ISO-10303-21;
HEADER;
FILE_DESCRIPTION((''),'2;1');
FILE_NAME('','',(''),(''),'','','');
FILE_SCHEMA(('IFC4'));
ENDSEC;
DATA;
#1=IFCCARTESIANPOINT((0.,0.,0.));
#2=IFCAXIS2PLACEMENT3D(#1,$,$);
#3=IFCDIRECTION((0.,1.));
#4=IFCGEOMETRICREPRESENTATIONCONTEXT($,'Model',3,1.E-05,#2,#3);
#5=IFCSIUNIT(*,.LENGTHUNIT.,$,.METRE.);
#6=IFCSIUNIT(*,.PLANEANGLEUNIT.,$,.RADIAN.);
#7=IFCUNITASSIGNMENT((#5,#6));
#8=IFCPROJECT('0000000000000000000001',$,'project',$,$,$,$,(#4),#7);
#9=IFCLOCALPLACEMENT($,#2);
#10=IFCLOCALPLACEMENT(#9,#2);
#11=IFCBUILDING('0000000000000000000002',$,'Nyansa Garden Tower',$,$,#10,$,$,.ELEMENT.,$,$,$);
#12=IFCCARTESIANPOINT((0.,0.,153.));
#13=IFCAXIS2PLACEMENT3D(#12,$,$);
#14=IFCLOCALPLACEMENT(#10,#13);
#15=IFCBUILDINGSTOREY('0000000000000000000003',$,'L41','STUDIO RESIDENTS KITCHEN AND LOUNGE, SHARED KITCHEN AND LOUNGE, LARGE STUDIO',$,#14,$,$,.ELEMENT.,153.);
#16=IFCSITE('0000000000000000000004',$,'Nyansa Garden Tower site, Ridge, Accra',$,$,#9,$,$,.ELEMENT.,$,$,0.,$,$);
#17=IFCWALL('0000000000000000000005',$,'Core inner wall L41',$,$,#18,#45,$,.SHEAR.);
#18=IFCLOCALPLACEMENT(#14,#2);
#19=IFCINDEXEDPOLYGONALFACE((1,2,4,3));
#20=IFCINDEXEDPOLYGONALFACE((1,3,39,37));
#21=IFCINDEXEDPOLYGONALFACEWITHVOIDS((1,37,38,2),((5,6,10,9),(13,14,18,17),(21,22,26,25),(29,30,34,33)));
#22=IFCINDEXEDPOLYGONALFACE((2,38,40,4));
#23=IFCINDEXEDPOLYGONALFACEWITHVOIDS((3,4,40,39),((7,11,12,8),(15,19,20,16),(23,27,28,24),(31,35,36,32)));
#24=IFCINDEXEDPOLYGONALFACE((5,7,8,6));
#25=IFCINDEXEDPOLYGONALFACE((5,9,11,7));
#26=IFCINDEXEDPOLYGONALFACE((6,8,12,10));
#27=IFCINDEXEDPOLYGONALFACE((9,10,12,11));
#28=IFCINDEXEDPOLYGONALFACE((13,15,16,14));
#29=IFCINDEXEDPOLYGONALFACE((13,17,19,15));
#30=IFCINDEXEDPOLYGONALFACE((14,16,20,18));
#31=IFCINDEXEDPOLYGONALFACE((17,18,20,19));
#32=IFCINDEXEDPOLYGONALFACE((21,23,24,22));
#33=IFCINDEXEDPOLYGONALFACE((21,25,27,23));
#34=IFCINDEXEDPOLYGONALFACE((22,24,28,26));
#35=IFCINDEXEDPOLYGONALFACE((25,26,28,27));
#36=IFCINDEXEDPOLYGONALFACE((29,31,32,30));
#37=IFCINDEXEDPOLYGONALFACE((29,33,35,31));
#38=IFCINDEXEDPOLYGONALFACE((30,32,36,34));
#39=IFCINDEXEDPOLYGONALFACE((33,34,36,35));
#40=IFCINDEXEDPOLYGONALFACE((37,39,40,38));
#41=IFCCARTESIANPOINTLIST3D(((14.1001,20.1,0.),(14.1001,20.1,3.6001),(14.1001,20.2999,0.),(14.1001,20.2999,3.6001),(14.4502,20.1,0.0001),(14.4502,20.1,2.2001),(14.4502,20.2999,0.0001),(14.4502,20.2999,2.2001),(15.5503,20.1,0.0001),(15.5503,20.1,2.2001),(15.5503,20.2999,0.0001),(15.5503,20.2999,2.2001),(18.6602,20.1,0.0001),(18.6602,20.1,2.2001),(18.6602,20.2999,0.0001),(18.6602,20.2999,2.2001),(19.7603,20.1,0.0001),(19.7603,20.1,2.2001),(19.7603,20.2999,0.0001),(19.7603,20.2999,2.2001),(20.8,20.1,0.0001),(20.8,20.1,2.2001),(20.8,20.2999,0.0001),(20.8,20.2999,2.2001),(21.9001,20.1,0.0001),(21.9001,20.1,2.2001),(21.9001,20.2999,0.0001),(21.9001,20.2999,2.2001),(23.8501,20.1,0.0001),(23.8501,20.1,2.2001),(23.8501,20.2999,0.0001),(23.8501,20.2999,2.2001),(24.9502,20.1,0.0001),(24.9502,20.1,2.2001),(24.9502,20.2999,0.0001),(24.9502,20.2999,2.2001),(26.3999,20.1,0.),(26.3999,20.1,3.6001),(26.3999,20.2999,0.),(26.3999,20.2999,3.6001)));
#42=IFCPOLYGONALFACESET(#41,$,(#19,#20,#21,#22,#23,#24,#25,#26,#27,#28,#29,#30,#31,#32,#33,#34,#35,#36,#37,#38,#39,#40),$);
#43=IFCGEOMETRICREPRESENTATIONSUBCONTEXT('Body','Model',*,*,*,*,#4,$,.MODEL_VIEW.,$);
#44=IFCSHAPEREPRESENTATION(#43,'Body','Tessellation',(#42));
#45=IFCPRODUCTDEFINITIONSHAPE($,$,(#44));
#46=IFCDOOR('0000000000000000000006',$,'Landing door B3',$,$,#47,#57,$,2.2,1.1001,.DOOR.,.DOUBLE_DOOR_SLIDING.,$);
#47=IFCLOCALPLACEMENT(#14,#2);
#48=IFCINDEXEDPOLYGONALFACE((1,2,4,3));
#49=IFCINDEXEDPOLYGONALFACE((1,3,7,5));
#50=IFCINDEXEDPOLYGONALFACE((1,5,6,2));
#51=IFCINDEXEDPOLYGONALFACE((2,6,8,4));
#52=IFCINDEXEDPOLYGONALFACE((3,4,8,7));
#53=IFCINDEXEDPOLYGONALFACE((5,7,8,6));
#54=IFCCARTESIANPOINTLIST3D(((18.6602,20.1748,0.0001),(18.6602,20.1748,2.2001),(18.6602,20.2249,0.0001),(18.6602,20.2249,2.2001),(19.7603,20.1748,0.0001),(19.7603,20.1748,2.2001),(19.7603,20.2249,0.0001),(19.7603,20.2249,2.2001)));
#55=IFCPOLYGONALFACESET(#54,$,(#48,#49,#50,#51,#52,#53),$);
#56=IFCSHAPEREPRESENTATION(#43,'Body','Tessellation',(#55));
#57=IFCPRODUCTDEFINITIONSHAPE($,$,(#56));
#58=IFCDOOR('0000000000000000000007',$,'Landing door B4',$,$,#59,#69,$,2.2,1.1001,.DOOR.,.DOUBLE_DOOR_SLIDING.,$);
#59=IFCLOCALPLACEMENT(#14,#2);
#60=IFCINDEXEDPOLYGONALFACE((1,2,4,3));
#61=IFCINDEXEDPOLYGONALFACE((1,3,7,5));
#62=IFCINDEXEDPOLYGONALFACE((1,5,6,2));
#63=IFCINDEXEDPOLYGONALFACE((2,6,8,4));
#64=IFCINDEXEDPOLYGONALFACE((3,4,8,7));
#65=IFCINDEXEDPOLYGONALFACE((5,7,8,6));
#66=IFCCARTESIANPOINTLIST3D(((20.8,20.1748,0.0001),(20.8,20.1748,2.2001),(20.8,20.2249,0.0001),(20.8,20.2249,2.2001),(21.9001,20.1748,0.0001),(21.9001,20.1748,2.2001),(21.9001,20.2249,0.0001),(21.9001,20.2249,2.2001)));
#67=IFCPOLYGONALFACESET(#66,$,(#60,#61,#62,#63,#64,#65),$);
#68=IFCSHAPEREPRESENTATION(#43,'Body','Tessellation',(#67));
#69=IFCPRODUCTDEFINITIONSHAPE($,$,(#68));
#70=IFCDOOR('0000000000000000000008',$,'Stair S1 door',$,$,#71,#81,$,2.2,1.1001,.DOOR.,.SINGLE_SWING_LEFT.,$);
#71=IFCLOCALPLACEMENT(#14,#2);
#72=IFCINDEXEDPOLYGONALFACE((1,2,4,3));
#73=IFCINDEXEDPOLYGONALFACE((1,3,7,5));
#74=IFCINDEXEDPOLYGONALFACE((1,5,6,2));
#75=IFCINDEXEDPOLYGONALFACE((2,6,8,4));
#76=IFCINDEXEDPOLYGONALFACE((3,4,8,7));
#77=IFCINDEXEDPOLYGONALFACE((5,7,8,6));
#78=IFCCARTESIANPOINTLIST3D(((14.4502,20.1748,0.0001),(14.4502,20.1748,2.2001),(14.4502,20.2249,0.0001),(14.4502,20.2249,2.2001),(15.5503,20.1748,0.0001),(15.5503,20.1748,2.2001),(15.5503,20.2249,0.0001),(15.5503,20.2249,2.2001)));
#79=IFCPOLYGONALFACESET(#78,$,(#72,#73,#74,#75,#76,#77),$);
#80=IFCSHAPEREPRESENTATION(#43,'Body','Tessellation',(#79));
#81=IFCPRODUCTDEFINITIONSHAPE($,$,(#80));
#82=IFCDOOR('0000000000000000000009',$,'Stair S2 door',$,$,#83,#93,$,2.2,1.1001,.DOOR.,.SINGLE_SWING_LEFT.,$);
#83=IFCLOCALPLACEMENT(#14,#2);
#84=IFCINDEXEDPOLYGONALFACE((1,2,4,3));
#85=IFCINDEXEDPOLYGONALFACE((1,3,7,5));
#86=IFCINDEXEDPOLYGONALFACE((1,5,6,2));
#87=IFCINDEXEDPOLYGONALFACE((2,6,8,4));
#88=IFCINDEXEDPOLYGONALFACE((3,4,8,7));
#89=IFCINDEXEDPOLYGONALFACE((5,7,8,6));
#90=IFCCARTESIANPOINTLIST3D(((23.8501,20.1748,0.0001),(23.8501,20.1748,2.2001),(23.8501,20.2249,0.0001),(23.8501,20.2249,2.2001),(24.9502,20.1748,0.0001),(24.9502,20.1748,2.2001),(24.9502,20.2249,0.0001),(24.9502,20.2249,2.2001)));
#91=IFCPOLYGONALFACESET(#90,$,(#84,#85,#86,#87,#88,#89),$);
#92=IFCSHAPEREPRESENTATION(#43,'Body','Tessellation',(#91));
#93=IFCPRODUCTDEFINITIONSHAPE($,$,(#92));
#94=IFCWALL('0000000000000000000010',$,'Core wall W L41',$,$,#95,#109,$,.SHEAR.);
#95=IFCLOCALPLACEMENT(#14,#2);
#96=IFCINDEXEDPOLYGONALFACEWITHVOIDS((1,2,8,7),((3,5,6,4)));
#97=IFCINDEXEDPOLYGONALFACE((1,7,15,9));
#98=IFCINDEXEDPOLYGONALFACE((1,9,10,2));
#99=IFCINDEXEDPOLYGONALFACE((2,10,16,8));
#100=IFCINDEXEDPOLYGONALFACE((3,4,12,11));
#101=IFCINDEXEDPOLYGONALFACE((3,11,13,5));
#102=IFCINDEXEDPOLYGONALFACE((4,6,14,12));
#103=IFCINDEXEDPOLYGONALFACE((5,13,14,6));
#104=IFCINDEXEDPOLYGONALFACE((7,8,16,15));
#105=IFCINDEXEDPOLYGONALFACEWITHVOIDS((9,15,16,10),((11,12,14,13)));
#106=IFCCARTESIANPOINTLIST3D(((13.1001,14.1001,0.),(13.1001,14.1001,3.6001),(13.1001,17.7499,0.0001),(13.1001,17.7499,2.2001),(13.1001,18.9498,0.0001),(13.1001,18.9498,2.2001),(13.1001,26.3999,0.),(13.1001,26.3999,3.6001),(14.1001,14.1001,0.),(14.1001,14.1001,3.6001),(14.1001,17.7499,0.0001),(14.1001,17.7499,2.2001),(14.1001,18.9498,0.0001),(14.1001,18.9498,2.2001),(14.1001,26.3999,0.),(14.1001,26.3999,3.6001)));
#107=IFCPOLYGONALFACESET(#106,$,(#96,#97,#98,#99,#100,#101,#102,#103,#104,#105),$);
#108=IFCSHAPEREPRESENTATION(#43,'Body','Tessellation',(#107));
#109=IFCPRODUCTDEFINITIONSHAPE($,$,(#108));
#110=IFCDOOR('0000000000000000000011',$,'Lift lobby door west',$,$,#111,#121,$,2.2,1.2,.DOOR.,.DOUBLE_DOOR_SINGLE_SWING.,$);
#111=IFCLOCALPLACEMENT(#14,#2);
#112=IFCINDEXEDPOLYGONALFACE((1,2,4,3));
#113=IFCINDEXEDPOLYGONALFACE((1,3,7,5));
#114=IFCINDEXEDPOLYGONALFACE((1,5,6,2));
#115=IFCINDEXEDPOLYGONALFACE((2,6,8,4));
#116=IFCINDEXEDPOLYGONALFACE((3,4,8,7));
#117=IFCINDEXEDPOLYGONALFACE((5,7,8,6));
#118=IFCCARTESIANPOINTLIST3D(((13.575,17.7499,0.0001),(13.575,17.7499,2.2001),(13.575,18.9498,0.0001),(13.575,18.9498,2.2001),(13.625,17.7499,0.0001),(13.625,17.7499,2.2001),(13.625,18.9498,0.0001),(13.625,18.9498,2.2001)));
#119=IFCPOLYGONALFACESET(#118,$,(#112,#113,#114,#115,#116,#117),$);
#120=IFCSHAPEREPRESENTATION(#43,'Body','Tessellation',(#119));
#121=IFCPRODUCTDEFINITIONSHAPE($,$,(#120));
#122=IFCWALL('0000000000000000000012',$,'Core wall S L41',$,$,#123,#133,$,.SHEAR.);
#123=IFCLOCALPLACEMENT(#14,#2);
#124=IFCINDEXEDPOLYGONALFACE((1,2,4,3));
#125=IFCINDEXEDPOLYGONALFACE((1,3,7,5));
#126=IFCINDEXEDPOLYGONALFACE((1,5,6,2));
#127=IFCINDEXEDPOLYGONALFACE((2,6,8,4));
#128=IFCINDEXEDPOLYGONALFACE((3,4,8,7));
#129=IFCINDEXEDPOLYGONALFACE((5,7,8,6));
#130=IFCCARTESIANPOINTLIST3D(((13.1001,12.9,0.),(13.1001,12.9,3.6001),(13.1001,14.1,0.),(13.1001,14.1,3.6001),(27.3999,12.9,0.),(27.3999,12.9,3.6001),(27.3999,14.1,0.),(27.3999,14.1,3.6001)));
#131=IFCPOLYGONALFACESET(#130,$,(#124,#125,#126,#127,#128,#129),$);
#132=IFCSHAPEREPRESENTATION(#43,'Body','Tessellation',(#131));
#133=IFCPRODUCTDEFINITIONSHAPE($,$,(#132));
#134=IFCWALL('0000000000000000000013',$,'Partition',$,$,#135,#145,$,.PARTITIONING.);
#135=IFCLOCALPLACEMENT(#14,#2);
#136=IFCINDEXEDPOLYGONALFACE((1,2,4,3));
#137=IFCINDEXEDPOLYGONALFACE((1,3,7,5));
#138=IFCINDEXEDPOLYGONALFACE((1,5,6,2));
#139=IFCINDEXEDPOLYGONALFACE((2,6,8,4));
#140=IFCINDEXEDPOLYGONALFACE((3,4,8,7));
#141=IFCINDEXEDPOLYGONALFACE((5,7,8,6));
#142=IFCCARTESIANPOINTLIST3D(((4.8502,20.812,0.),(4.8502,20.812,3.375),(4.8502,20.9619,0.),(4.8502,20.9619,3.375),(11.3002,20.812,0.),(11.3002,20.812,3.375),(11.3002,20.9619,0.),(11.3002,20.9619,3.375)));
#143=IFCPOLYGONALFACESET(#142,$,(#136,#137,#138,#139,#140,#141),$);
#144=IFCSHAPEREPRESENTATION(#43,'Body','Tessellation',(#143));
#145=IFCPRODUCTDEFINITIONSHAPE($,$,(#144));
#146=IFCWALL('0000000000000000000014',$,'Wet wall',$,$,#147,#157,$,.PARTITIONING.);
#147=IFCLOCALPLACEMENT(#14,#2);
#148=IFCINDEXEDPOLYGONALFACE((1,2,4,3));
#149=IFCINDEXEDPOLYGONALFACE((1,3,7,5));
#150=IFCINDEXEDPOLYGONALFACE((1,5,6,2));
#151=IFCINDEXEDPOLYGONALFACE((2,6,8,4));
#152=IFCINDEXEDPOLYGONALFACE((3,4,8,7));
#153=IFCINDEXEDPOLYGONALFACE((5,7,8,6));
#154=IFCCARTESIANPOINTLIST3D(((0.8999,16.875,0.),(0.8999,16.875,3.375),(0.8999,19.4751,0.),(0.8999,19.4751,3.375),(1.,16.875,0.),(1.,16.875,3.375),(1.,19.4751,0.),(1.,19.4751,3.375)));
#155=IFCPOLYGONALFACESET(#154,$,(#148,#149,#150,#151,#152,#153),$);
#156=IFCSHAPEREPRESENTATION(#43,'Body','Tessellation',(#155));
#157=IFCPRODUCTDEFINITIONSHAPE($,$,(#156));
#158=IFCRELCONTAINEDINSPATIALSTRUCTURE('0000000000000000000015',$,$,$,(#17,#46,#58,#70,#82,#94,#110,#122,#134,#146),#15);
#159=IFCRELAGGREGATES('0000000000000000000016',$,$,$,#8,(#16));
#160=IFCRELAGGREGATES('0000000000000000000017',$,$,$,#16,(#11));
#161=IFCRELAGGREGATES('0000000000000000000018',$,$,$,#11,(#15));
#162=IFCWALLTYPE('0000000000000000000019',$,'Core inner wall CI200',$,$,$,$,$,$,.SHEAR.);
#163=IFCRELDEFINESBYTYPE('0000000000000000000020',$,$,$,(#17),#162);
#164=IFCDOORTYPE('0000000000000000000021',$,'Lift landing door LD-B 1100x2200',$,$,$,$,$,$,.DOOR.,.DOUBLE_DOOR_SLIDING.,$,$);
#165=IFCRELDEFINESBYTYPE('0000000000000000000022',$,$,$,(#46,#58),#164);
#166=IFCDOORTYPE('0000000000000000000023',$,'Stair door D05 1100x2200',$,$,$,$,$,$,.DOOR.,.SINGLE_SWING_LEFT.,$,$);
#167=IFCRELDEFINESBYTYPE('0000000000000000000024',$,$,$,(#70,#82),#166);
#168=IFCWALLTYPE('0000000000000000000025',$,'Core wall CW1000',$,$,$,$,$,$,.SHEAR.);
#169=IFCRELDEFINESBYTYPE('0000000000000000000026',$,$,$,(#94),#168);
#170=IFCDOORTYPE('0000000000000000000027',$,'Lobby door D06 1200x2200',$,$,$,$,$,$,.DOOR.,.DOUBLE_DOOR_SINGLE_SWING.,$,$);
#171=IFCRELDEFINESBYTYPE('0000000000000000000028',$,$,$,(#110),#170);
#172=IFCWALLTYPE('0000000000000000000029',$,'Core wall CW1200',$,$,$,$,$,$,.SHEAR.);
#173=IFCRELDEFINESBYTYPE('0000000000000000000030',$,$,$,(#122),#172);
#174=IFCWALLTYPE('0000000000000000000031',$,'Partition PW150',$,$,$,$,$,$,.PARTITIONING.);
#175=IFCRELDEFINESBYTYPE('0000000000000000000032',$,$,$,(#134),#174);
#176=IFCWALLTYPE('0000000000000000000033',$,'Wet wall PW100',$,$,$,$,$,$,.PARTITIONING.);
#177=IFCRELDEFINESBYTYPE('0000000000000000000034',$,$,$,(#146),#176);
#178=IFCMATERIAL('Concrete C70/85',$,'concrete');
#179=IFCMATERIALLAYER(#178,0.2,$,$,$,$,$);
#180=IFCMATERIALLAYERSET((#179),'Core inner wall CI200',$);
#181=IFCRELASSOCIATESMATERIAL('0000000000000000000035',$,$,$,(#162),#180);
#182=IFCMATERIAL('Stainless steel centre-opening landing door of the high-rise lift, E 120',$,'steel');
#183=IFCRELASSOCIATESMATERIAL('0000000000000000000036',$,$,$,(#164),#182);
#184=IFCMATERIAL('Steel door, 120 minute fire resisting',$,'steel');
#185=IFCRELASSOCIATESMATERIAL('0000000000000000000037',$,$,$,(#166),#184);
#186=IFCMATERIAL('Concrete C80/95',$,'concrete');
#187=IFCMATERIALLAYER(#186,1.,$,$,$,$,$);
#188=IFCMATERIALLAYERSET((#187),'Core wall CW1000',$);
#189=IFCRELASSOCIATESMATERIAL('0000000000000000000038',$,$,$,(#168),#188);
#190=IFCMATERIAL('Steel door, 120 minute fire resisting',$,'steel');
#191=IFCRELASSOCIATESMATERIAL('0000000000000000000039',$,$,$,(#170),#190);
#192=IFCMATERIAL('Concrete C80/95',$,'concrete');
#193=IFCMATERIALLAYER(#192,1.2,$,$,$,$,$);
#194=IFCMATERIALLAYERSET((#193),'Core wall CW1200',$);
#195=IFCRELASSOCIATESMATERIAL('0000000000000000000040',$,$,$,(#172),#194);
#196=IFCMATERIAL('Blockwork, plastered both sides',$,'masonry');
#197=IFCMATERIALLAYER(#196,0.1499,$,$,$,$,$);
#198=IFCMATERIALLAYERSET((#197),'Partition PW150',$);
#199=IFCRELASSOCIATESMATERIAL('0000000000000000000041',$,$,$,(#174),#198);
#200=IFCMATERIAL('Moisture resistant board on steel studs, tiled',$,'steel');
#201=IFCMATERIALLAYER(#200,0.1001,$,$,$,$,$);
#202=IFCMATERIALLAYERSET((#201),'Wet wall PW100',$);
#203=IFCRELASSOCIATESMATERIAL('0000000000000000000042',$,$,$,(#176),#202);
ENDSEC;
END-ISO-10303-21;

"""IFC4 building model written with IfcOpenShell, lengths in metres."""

from ifc_helpers import new_model, si_unit, direction, frame, frame_2d, origin, place, context, subcontext, project, spatial, rectangle, extrude, material, layer, layer_set, type_object, element, fill, save


model = new_model("IFC4")

# Units and contexts
model_context = context("Model", 3, precision=1e-05, world=origin(), true_north=direction((0.0, 1.0)))
body_context = subcontext(model_context, "Body", "Model", "MODEL_VIEW")
ifc_project = project(units=[si_unit("LENGTHUNIT", "METRE"), si_unit("PLANEANGLEUNIT", "RADIAN")], contexts=[model_context])

# Site, building, storey
site_placement = place(None, origin())
site = spatial("IfcSite", under=ifc_project, at=site_placement, Name="Nyansa Garden Tower site, Ridge, Accra", CompositionType="ELEMENT", RefElevation=0.0)
building_placement = place(site_placement, origin())
building = spatial("IfcBuilding", under=site, at=building_placement, Name="Nyansa Garden Tower", CompositionType="ELEMENT")
storey_placement = place(building_placement, frame((0.0, 0.0, 153.0)))
storey = spatial("IfcBuildingStorey", under=building, at=storey_placement, Name="L41", Description="STUDIO RESIDENTS KITCHEN AND LOUNGE, SHARED KITCHEN AND LOUNGE, LARGE STUDIO", CompositionType="ELEMENT", Elevation=153.0)

# Wall, openings, doors
ifc_material_1 = material(Name="Concrete C70/85", Category="concrete")
ifc_layer_1 = layer(ifc_material_1, 0.2)
ifc_layer_set_1 = layer_set([ifc_layer_1], Name="Core inner wall CI200")
wall_type_1 = type_object("IfcWallType", Name="Core inner wall CI200", PredefinedType="SHEAR", material=ifc_layer_set_1)
ifc_material_2 = material(Name="Stainless steel centre-opening landing door of the high-rise lift, E 120", Category="steel")
door_type_1 = type_object("IfcDoorType", Name="Lift landing door LD-B 1100x2200", OperationType="DOUBLE_DOOR_SLIDING", PredefinedType="DOOR", material=ifc_material_2)
wall_1_placement = place(storey_placement, frame((14.1001, 20.2, 0.0), z_axis=(0.0, 0.0, 1.0), x_axis=(1.0, 0.0, 0.0)))
wall_1 = element("IfcWall", 1, at=wall_1_placement, inside=storey, type_object=wall_type_1, Name="Core inner wall L41", PredefinedType="SHEAR", context=body_context, shape_type="SweptSolid", body=[
    extrude(rectangle(XDim=12.2998, YDim=0.2, at=frame_2d((6.1499, 0.0))), origin(), (0.0, 0.0, 1.0), 3.6001),
])
opening_1_placement = place(wall_1_placement, frame((4.5601, 0.0, 0.0)))
opening_1 = element("IfcOpeningElement", 2, at=opening_1_placement, cuts=wall_1, PredefinedType="OPENING", context=body_context, shape_type="SweptSolid", body=[
    extrude(rectangle(XDim=1.1001, YDim=2.2, at=frame_2d((0.55, 1.1001))), frame((0.0, 0.1099, 0.0), z_axis=(0.0, -1.0, 0.0), x_axis=(1.0, 0.0, 0.0)), (0.0, 0.0, 1.0), 0.22),
])
opening_2_placement = place(wall_1_placement, frame((6.7, 0.0, 0.0)))
opening_2 = element("IfcOpeningElement", 3, at=opening_2_placement, cuts=wall_1, PredefinedType="OPENING", context=body_context, shape_type="SweptSolid", body=[
    extrude(rectangle(XDim=1.1001, YDim=2.2, at=frame_2d((0.55, 1.1001))), frame((0.0, 0.1099, 0.0), z_axis=(0.0, -1.0, 0.0), x_axis=(1.0, 0.0, 0.0)), (0.0, 0.0, 1.0), 0.22),
])
opening_3_placement = place(wall_1_placement, frame((0.3501, 0.0, 0.0)))
opening_3 = element("IfcOpeningElement", 4, at=opening_3_placement, cuts=wall_1, PredefinedType="OPENING", context=body_context, shape_type="SweptSolid", body=[
    extrude(rectangle(XDim=1.1001, YDim=2.2, at=frame_2d((0.55, 1.1001))), frame((0.0, 0.1099, 0.0), z_axis=(0.0, -1.0, 0.0), x_axis=(1.0, 0.0, 0.0)), (0.0, 0.0, 1.0), 0.22),
])
opening_4_placement = place(wall_1_placement, frame((9.75, 0.0, 0.0)))
opening_4 = element("IfcOpeningElement", 5, at=opening_4_placement, cuts=wall_1, PredefinedType="OPENING", context=body_context, shape_type="SweptSolid", body=[
    extrude(rectangle(XDim=1.1001, YDim=2.2, at=frame_2d((0.55, 1.1001))), frame((0.0, 0.1099, 0.0), z_axis=(0.0, -1.0, 0.0), x_axis=(1.0, 0.0, 0.0)), (0.0, 0.0, 1.0), 0.22),
])
door_1_placement = place(opening_1_placement, origin())
door_1 = element("IfcDoor", 6, at=door_1_placement, inside=storey, type_object=door_type_1, Name="Landing door B3", OperationType="DOUBLE_DOOR_SLIDING", OverallHeight=2.2, OverallWidth=1.1001, PredefinedType="DOOR", context=body_context, shape_type="SweptSolid", body=[
    extrude(rectangle(XDim=1.1001, YDim=2.2, at=frame_2d((0.55, 1.1001))), frame((0.0, 0.0249, 0.0), z_axis=(0.0, -1.0, 0.0), x_axis=(1.0, 0.0, 0.0)), (0.0, 0.0, 1.0), 0.05),
])
fill(opening_1, door_1)
door_2_placement = place(opening_2_placement, origin())
door_2 = element("IfcDoor", 7, at=door_2_placement, inside=storey, type_object=door_type_1, Name="Landing door B4", OperationType="DOUBLE_DOOR_SLIDING", OverallHeight=2.2, OverallWidth=1.1001, PredefinedType="DOOR", context=body_context, shape_type="SweptSolid", body=[
    extrude(rectangle(XDim=1.1001, YDim=2.2, at=frame_2d((0.55, 1.1001))), frame((0.0, 0.0249, 0.0), z_axis=(0.0, -1.0, 0.0), x_axis=(1.0, 0.0, 0.0)), (0.0, 0.0, 1.0), 0.05),
])
fill(opening_2, door_2)
ifc_material_3 = material(Name="Steel door, 120 minute fire resisting", Category="steel")
door_type_2 = type_object("IfcDoorType", Name="Stair door D05 1100x2200", OperationType="SINGLE_SWING_LEFT", PredefinedType="DOOR", material=ifc_material_3)
door_3_placement = place(opening_3_placement, origin())
door_3 = element("IfcDoor", 8, at=door_3_placement, inside=storey, type_object=door_type_2, Name="Stair S1 door", OperationType="SINGLE_SWING_LEFT", OverallHeight=2.2, OverallWidth=1.1001, PredefinedType="DOOR", context=body_context, shape_type="SweptSolid", body=[
    extrude(rectangle(XDim=1.1001, YDim=2.2, at=frame_2d((0.55, 1.1001))), frame((0.0, 0.0249, 0.0), z_axis=(0.0, -1.0, 0.0), x_axis=(1.0, 0.0, 0.0)), (0.0, 0.0, 1.0), 0.05),
])
fill(opening_3, door_3)
door_4_placement = place(opening_4_placement, origin())
door_4 = element("IfcDoor", 9, at=door_4_placement, inside=storey, type_object=door_type_2, Name="Stair S2 door", OperationType="SINGLE_SWING_LEFT", OverallHeight=2.2, OverallWidth=1.1001, PredefinedType="DOOR", context=body_context, shape_type="SweptSolid", body=[
    extrude(rectangle(XDim=1.1001, YDim=2.2, at=frame_2d((0.55, 1.1001))), frame((0.0, 0.0249, 0.0), z_axis=(0.0, -1.0, 0.0), x_axis=(1.0, 0.0, 0.0)), (0.0, 0.0, 1.0), 0.05),
])
fill(opening_4, door_4)

# Wall, opening, door
ifc_material_4 = material(Name="Concrete C80/95", Category="concrete")
ifc_layer_2 = layer(ifc_material_4, 1.0)
ifc_layer_set_2 = layer_set([ifc_layer_2], Name="Core wall CW1000")
wall_type_2 = type_object("IfcWallType", Name="Core wall CW1000", PredefinedType="SHEAR", material=ifc_layer_set_2)
wall_2_placement = place(storey_placement, frame((13.6001, 26.3999, 0.0), z_axis=(0.0, 0.0, 1.0), x_axis=(0.0, -1.0, 0.0)))
wall_2 = element("IfcWall", 10, at=wall_2_placement, inside=storey, type_object=wall_type_2, Name="Core wall W L41", PredefinedType="SHEAR", context=body_context, shape_type="SweptSolid", body=[
    extrude(rectangle(XDim=12.2998, YDim=1.0, at=frame_2d((6.1499, 0.0))), origin(), (0.0, 0.0, 1.0), 3.6001),
])
opening_5_placement = place(wall_2_placement, frame((7.45, 0.0, 0.0)))
opening_5 = element("IfcOpeningElement", 11, at=opening_5_placement, cuts=wall_2, PredefinedType="OPENING", context=body_context, shape_type="SweptSolid", body=[
    extrude(rectangle(XDim=1.2, YDim=2.2, at=frame_2d((0.6001, 1.1001))), frame((0.0, 0.51, 0.0), z_axis=(0.0, -1.0, 0.0), x_axis=(1.0, 0.0, 0.0)), (0.0, 0.0, 1.0), 1.02),
])
ifc_material_5 = material(Name="Steel door, 120 minute fire resisting", Category="steel")
door_type_3 = type_object("IfcDoorType", Name="Lobby door D06 1200x2200", OperationType="DOUBLE_DOOR_SINGLE_SWING", PredefinedType="DOOR", material=ifc_material_5)
door_5_placement = place(opening_5_placement, origin())
door_5 = element("IfcDoor", 12, at=door_5_placement, inside=storey, type_object=door_type_3, Name="Lift lobby door west", OperationType="DOUBLE_DOOR_SINGLE_SWING", OverallHeight=2.2, OverallWidth=1.2, PredefinedType="DOOR", context=body_context, shape_type="SweptSolid", body=[
    extrude(rectangle(XDim=1.2, YDim=2.2, at=frame_2d((0.6001, 1.1001))), frame((0.0, 0.0249, 0.0), z_axis=(0.0, -1.0, 0.0), x_axis=(1.0, 0.0, 0.0)), (0.0, 0.0, 1.0), 0.05),
])
fill(opening_5, door_5)

# Walls
ifc_material_6 = material(Name="Concrete C80/95", Category="concrete")
ifc_layer_3 = layer(ifc_material_6, 1.2)
ifc_layer_set_3 = layer_set([ifc_layer_3], Name="Core wall CW1200")
wall_type_3 = type_object("IfcWallType", Name="Core wall CW1200", PredefinedType="SHEAR", material=ifc_layer_set_3)
wall_3_placement = place(storey_placement, frame((13.1001, 13.5, 0.0), z_axis=(0.0, 0.0, 1.0), x_axis=(1.0, 0.0, 0.0)))
element("IfcWall", 13, at=wall_3_placement, inside=storey, type_object=wall_type_3, Name="Core wall S L41", PredefinedType="SHEAR", context=body_context, shape_type="SweptSolid", body=[
    extrude(rectangle(XDim=14.2998, YDim=1.2, at=frame_2d((7.1499, 0.0))), origin(), (0.0, 0.0, 1.0), 3.6001),
])
ifc_material_7 = material(Name="Blockwork, plastered both sides", Category="masonry")
ifc_layer_4 = layer(ifc_material_7, 0.1499)
ifc_layer_set_4 = layer_set([ifc_layer_4], Name="Partition PW150")
wall_type_4 = type_object("IfcWallType", Name="Partition PW150", PredefinedType="PARTITIONING", material=ifc_layer_set_4)
wall_4_placement = place(storey_placement, frame((4.8501, 20.887, 0.0), z_axis=(0.0, 0.0, 1.0), x_axis=(1.0, 0.0, 0.0)))
element("IfcWall", 14, at=wall_4_placement, inside=storey, type_object=wall_type_4, Name="Partition", PredefinedType="PARTITIONING", context=body_context, shape_type="SweptSolid", body=[
    extrude(rectangle(XDim=6.45, YDim=0.1499, at=frame_2d((3.2251, 0.0))), origin(), (0.0, 0.0, 1.0), 3.375),
])
ifc_material_8 = material(Name="Moisture resistant board on steel studs, tiled", Category="steel")
ifc_layer_5 = layer(ifc_material_8, 0.1001)
ifc_layer_set_5 = layer_set([ifc_layer_5], Name="Wet wall PW100")
wall_type_5 = type_object("IfcWallType", Name="Wet wall PW100", PredefinedType="PARTITIONING", material=ifc_layer_set_5)
wall_5_placement = place(storey_placement, frame((0.95, 16.875, 0.0), z_axis=(0.0, 0.0, 1.0), x_axis=(0.0, 1.0, 0.0)))
element("IfcWall", 15, at=wall_5_placement, inside=storey, type_object=wall_type_5, Name="Wet wall", PredefinedType="PARTITIONING", context=body_context, shape_type="SweptSolid", body=[
    extrude(rectangle(XDim=2.6001, YDim=0.1001, at=frame_2d((1.3, 0.0))), origin(), (0.0, 0.0, 1.0), 3.375),
])

save(model, "model.ifc")
